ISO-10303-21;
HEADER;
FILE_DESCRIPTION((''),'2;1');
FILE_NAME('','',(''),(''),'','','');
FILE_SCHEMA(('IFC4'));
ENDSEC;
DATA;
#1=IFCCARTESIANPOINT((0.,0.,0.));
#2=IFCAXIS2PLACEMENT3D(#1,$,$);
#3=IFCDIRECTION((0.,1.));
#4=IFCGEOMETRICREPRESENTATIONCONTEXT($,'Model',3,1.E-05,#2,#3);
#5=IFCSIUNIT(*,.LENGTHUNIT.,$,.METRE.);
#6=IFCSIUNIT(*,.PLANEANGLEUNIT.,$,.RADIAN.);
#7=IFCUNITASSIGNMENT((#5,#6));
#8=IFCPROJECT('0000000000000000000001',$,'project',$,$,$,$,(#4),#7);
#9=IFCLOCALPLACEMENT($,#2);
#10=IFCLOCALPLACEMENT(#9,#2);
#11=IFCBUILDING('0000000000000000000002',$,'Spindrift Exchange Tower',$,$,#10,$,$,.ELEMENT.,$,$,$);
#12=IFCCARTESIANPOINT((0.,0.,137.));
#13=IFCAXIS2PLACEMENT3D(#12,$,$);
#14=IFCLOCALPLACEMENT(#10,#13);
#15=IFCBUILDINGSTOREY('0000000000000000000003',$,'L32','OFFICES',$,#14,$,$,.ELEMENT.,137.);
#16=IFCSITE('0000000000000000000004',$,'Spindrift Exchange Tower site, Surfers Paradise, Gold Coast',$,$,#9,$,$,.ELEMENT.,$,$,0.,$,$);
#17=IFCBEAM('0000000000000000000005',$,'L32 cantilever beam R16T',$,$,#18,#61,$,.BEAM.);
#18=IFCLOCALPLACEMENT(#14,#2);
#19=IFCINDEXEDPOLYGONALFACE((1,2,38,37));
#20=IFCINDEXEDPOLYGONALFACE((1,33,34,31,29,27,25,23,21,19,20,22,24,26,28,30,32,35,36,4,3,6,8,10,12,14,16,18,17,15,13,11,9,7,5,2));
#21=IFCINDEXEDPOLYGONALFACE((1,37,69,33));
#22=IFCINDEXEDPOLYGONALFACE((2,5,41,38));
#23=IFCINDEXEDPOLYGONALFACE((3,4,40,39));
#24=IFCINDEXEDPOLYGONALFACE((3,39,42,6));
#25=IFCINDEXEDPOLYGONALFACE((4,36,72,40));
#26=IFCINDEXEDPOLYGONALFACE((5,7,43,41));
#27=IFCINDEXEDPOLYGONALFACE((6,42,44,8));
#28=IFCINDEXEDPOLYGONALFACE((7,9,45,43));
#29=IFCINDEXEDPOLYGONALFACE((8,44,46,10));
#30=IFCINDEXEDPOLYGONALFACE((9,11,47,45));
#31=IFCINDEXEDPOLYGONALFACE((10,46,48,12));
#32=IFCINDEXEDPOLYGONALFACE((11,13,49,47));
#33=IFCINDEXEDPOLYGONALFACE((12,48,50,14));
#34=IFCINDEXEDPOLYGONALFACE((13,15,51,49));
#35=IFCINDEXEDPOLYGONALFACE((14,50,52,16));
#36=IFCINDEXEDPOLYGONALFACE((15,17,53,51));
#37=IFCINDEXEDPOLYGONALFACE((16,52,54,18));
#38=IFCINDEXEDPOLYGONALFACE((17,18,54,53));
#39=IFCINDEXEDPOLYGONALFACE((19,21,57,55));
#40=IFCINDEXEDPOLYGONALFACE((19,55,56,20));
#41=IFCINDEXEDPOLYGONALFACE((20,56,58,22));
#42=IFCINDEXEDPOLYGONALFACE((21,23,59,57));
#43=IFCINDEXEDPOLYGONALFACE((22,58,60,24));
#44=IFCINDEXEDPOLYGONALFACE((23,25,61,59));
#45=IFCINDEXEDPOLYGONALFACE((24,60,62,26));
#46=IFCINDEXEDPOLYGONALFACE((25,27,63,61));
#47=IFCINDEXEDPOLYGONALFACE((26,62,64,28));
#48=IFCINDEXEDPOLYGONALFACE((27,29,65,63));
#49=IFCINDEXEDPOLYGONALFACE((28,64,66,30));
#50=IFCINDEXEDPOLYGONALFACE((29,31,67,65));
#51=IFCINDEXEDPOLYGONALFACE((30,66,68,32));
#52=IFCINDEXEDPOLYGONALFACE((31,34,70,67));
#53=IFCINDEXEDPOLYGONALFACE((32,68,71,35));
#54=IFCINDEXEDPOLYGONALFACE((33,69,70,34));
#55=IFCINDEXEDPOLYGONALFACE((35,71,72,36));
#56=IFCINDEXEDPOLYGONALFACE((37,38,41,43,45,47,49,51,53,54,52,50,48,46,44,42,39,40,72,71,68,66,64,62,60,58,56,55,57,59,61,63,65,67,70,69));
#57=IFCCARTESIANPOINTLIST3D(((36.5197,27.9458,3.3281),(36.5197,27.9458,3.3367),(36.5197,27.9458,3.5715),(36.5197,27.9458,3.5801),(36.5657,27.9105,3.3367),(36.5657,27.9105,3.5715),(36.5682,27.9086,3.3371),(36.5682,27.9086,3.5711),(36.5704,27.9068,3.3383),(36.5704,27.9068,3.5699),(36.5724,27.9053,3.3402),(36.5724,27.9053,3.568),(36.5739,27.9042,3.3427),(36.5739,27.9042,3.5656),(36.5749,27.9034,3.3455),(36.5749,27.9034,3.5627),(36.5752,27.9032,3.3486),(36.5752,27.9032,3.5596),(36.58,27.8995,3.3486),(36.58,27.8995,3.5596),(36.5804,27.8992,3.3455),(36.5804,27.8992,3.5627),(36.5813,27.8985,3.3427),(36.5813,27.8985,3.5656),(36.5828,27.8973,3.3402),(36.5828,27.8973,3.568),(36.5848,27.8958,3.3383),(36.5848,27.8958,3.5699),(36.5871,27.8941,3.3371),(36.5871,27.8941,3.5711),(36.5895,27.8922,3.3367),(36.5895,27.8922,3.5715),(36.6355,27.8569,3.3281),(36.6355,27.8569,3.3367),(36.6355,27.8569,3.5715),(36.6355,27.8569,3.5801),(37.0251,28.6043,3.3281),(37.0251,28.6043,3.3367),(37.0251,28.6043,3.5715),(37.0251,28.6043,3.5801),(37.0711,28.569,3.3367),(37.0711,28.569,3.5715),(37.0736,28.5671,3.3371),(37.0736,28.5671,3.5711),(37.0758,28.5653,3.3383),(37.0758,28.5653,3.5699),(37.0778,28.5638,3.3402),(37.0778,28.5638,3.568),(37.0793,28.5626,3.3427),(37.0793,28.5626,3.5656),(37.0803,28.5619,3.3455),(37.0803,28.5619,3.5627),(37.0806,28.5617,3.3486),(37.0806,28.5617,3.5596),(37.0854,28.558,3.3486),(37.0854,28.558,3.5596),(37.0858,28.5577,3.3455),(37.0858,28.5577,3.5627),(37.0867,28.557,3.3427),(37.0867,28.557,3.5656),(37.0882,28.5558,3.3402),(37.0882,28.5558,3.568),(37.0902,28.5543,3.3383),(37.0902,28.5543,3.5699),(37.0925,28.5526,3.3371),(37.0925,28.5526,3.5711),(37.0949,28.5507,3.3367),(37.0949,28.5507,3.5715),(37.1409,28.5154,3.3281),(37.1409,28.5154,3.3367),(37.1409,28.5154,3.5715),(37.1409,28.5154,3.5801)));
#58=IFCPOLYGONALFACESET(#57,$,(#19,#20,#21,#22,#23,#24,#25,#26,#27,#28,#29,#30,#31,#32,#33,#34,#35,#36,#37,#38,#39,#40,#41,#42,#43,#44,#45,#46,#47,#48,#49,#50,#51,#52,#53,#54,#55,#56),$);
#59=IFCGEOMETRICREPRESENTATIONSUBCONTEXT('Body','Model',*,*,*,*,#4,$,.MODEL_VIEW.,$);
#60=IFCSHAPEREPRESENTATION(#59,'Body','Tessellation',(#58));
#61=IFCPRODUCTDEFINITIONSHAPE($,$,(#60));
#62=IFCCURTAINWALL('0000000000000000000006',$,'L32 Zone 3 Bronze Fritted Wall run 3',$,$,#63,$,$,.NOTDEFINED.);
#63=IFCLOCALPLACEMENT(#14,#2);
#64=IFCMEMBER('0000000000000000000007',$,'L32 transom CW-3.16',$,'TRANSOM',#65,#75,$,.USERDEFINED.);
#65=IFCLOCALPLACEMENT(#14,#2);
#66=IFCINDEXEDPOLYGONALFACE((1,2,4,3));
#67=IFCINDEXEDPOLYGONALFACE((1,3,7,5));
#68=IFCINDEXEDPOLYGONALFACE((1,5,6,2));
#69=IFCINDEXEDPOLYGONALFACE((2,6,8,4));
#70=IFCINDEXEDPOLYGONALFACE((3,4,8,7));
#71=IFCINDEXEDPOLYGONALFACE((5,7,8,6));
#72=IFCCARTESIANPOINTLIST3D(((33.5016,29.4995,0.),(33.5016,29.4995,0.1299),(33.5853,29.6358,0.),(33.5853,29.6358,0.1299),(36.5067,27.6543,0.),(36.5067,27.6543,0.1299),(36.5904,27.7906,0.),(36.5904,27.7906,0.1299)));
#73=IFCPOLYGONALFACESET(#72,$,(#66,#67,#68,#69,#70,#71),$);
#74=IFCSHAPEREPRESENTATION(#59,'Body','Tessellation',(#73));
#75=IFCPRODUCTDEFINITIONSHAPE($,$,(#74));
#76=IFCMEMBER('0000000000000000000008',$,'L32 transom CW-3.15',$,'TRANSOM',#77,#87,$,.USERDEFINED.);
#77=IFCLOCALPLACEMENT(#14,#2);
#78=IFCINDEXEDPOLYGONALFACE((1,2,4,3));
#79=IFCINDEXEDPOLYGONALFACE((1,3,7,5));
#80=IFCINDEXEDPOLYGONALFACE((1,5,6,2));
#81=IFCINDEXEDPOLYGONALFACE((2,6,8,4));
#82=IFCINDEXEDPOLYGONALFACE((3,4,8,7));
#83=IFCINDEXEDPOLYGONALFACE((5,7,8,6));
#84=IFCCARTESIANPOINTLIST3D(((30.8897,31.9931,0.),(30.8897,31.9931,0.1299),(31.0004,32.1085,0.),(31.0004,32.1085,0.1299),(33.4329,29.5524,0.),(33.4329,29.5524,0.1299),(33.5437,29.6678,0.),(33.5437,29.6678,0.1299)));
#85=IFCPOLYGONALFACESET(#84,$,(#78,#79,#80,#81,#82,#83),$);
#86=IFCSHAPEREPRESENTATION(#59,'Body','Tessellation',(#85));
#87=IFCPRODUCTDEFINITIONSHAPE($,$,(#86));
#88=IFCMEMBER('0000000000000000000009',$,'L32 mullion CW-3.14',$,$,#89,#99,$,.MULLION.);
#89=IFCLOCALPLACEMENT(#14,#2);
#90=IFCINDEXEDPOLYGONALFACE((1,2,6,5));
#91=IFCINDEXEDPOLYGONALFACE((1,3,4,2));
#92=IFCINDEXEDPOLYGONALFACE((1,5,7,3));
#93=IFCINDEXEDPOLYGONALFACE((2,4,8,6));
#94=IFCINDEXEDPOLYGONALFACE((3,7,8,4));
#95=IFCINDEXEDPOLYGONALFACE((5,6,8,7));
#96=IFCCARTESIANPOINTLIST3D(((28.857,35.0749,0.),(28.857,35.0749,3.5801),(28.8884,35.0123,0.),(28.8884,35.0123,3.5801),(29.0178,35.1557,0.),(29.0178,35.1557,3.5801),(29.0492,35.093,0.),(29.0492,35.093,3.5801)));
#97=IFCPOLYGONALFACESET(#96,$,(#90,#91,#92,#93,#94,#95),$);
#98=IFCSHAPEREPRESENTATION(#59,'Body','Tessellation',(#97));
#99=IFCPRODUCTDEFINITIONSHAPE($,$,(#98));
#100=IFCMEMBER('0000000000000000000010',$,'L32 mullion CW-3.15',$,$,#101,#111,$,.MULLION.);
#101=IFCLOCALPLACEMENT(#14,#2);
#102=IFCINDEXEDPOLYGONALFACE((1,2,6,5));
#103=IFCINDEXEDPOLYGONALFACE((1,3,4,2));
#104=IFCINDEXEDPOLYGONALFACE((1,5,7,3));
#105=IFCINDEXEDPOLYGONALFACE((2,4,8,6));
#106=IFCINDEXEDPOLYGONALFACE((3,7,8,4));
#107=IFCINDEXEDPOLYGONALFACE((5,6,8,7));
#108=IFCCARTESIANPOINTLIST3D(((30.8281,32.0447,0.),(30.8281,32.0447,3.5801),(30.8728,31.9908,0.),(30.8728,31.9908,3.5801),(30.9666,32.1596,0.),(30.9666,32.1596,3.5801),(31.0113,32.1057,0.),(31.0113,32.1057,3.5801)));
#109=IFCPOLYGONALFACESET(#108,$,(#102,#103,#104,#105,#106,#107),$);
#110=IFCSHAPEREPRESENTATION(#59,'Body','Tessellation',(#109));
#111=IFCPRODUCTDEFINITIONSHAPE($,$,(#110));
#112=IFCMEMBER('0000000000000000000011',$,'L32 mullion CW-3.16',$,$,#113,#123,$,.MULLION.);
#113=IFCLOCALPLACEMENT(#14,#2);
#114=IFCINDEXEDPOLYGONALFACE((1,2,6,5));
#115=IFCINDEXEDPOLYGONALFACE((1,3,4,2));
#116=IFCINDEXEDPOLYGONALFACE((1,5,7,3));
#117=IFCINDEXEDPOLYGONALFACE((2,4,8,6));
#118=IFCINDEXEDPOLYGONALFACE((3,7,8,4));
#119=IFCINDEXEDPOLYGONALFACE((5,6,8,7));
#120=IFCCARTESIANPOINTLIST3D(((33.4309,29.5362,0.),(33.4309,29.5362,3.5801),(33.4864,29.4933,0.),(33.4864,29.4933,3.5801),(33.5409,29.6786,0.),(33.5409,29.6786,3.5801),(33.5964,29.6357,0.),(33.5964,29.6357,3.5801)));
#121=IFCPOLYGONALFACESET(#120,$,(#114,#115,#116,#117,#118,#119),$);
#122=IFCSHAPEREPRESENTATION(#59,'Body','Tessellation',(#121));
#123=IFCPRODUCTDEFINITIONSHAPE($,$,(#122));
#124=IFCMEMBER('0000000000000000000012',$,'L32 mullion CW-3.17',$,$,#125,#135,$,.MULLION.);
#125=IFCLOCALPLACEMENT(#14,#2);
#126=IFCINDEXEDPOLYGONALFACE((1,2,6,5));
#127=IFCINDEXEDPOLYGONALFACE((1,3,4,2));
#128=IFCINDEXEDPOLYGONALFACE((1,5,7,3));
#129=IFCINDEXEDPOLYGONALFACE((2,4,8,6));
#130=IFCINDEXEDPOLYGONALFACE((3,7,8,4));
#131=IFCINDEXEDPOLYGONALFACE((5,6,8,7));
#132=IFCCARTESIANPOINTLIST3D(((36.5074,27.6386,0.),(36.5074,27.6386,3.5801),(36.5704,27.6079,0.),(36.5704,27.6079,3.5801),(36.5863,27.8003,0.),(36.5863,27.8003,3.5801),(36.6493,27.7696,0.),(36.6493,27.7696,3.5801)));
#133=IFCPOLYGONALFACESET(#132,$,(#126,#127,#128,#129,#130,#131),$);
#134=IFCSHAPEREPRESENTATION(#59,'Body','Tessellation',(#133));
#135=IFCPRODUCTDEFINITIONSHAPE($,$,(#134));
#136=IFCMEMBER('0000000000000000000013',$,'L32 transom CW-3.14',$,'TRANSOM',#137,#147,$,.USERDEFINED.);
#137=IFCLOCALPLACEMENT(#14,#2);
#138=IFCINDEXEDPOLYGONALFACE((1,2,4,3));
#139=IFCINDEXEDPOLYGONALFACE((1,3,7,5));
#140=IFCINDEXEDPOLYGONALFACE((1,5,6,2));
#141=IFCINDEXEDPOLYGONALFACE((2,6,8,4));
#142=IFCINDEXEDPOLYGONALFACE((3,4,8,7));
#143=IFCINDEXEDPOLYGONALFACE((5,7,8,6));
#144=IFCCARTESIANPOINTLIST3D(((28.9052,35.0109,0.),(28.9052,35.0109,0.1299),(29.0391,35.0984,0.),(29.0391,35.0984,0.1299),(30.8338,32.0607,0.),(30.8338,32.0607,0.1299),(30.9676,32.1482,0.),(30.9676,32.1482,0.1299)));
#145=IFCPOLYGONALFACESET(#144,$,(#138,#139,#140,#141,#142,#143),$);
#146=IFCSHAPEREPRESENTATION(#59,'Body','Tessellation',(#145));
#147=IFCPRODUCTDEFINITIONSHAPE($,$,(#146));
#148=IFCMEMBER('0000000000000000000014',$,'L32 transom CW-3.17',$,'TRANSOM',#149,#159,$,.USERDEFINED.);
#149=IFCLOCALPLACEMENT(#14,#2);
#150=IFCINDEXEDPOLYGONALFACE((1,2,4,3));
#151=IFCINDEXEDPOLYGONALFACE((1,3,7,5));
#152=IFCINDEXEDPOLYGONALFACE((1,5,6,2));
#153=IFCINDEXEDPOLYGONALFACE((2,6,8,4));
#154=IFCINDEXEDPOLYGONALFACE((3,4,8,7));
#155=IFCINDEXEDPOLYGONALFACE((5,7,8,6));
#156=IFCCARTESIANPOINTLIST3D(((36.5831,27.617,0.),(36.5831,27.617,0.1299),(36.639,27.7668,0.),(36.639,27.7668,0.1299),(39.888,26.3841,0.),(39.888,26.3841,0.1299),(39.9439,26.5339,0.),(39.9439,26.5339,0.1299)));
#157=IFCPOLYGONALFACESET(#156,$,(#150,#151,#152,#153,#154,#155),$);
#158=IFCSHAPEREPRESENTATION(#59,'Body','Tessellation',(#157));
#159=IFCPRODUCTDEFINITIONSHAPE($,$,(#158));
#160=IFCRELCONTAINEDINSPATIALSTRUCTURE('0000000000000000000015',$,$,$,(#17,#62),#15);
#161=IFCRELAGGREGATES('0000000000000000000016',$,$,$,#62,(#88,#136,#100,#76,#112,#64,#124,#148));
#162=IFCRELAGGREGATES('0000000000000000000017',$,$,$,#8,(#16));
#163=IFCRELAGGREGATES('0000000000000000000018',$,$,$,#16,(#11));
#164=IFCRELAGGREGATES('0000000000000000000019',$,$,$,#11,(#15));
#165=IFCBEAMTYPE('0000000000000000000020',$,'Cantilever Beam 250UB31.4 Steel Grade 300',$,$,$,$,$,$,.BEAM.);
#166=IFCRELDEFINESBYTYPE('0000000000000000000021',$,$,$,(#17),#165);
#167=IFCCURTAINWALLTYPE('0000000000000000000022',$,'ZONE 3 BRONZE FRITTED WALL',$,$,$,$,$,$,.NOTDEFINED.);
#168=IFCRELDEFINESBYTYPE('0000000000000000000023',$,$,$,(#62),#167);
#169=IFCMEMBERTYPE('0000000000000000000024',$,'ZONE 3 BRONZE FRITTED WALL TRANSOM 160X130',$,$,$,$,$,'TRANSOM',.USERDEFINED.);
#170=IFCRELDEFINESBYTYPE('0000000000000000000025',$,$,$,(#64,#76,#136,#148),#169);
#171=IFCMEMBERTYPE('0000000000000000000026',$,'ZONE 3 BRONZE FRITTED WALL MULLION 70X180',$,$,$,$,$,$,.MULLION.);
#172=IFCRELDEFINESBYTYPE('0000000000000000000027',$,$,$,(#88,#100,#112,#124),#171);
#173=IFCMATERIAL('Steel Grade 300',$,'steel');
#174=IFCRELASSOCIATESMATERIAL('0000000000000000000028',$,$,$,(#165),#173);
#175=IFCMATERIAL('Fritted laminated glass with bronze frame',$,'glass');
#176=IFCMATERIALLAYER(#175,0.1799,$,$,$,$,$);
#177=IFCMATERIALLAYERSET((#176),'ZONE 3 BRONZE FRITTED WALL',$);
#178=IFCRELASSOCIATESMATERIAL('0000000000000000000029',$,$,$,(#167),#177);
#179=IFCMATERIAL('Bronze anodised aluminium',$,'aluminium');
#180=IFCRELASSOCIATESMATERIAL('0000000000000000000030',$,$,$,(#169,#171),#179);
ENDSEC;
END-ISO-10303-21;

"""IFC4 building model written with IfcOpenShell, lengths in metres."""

from ifc_helpers import new_model, si_unit, direction, frame, origin, origin_2d, place, context, subcontext, project, spatial, rectangle, i_section, extrude, source, transform, mapped, material, layer, layer_set, material_profile, profile_set, type_object, element, aggregate, save


model = new_model("IFC4")

# Units and contexts
model_context = context("Model", 3, precision=1e-05, world=origin(), true_north=direction((0.0, 1.0)))
body_context = subcontext(model_context, "Body", "Model", "MODEL_VIEW")
ifc_project = project(units=[si_unit("LENGTHUNIT", "METRE"), si_unit("PLANEANGLEUNIT", "RADIAN")], contexts=[model_context])

# Site, building, storey
site_placement = place(None, origin())
site = spatial("IfcSite", under=ifc_project, at=site_placement, Name="Spindrift Exchange Tower site, Surfers Paradise, Gold Coast", CompositionType="ELEMENT", RefElevation=0.0)
building_placement = place(site_placement, origin())
building = spatial("IfcBuilding", under=site, at=building_placement, Name="Spindrift Exchange Tower", CompositionType="ELEMENT")
storey_placement = place(building_placement, frame((0.0, 0.0, 137.0)))
storey = spatial("IfcBuildingStorey", under=building, at=storey_placement, Name="L32", Description="OFFICES", CompositionType="ELEMENT", Elevation=137.0)

# Beam
ifc_material_1 = material(Name="Steel Grade 300", Category="steel")
ifc_material_profile_1 = material_profile(ifc_material_1, i_section(OverallWidth=0.146, OverallDepth=0.252, WebThickness=0.0061, FlangeThickness=0.0085, FilletRadius=0.012, at=origin_2d()), Name="250UB31.4")
ifc_profile_set_1 = profile_set([ifc_material_profile_1], Name="Steel Grade 300")
beam_type_1 = type_object("IfcBeamType", Name="Cantilever Beam 250UB31.4 Steel Grade 300", PredefinedType="BEAM", material=ifc_profile_set_1)
shared_shape_1 = source(origin(), body_context, "Body", "SweptSolid", [
    extrude(i_section(OverallWidth=0.146, OverallDepth=0.252, WebThickness=0.0061, FlangeThickness=0.0085, FilletRadius=0.012, at=origin_2d()), origin(), (0.0, 0.0, 1.0), 0.8301),
])
beam_1_placement = place(storey_placement, frame((37.083, 28.5598, 3.4541), z_axis=(-0.608858, -0.79328, 0.0), x_axis=(0.79328, -0.608858, 0.0)))
element("IfcBeam", 1, at=beam_1_placement, inside=storey, type_object=beam_type_1, Name="L32 cantilever beam R16T", PredefinedType="BEAM", context=body_context, shape_type="MappedRepresentation", body=[
    mapped(shared_shape_1, transform((0.0, 0.0, 0.0), scale=1.0)),
])

# Curtain wall, members
ifc_material_2 = material(Name="Fritted laminated glass with bronze frame", Category="glass")
ifc_layer_1 = layer(ifc_material_2, 0.1799)
ifc_layer_set_1 = layer_set([ifc_layer_1], Name="ZONE 3 BRONZE FRITTED WALL")
curtain_wall_type = type_object("IfcCurtainWallType", Name="ZONE 3 BRONZE FRITTED WALL", PredefinedType="NOTDEFINED", material=ifc_layer_set_1)
curtain_wall_placement = place(storey_placement, origin())
curtain_wall = element("IfcCurtainWall", 2, at=curtain_wall_placement, inside=storey, type_object=curtain_wall_type, Name="L32 Zone 3 Bronze Fritted Wall run 3", PredefinedType="NOTDEFINED")
ifc_material_3 = material(Name="Bronze anodised aluminium", Category="aluminium")
ifc_material_profile_2 = material_profile(ifc_material_3, rectangle(XDim=0.1599, YDim=0.1299, at=origin_2d()), Name="ZONE 3 BRONZE FRITTED WALL TRANSOM 160X130")
ifc_profile_set_2 = profile_set([ifc_material_profile_2], Name="Bronze anodised aluminium")
member_type_1 = type_object("IfcMemberType", Name="ZONE 3 BRONZE FRITTED WALL TRANSOM 160X130", ElementType="TRANSOM", PredefinedType="USERDEFINED", material=ifc_profile_set_2)
shared_shape_2 = source(origin(), body_context, "Body", "SweptSolid", [
    extrude(rectangle(XDim=0.1599, YDim=0.1299, at=origin_2d()), origin(), (0.0, 0.0, 1.0), 3.5264),
])
member_1_placement = place(storey_placement, frame((33.5435, 29.5676, 0.0649), z_axis=(0.852176, -0.523255, 0.0), x_axis=(0.523255, 0.852176, 0.0)))
member_1 = element("IfcMember", 3, at=member_1_placement, type_object=member_type_1, Name="L32 transom CW-3.16", ObjectType="TRANSOM", PredefinedType="USERDEFINED", context=body_context, shape_type="MappedRepresentation", body=[
    mapped(shared_shape_2, transform((0.0, 0.0, 0.0), scale=1.0)),
])
shared_shape_3 = source(origin(), body_context, "Body", "SweptSolid", [
    extrude(rectangle(XDim=0.1599, YDim=0.1299, at=origin_2d()), origin(), (0.0, 0.0, 1.0), 3.5249),
])
member_2_placement = place(storey_placement, frame((30.9451, 32.0508, 0.0649), z_axis=(0.721502, -0.692412, 0.0), x_axis=(0.692412, 0.721502, 0.0)))
member_2 = element("IfcMember", 4, at=member_2_placement, type_object=member_type_1, Name="L32 transom CW-3.15", ObjectType="TRANSOM", PredefinedType="USERDEFINED", context=body_context, shape_type="MappedRepresentation", body=[
    mapped(shared_shape_3, transform((0.0, 0.0, 0.0), scale=1.0)),
])
ifc_material_profile_3 = material_profile(ifc_material_3, rectangle(XDim=0.0701, YDim=0.1799, at=origin_2d()), Name="ZONE 3 BRONZE FRITTED WALL MULLION 70X180")
ifc_profile_set_3 = profile_set([ifc_material_profile_3], Name="Bronze anodised aluminium")
member_type_2 = type_object("IfcMemberType", Name="ZONE 3 BRONZE FRITTED WALL MULLION 70X180", PredefinedType="MULLION", material=ifc_profile_set_3)
shared_shape_4 = source(origin(), body_context, "Body", "SweptSolid", [
    extrude(rectangle(XDim=0.0701, YDim=0.1799, at=origin_2d()), origin(), (0.0, 0.0, 1.0), 3.5801),
])
member_3_placement = place(storey_placement, frame((28.9531, 35.084, 0.0), z_axis=(0.0, 0.0, 1.0), x_axis=(0.448737, -0.893664, 0.0)))
member_3 = element("IfcMember", 5, at=member_3_placement, type_object=member_type_2, Name="L32 mullion CW-3.14", PredefinedType="MULLION", context=body_context, shape_type="MappedRepresentation", body=[
    mapped(shared_shape_4, transform((0.0, 0.0, 0.0), scale=1.0)),
])
member_4_placement = place(storey_placement, frame((30.9197, 32.0752, 0.0), z_axis=(0.0, 0.0, 1.0), x_axis=(0.638415, -0.769692, 0.0)))
member_4 = element("IfcMember", 6, at=member_4_placement, type_object=member_type_2, Name="L32 mullion CW-3.15", PredefinedType="MULLION", context=body_context, shape_type="MappedRepresentation", body=[
    mapped(shared_shape_4, transform((0.0, 0.0, 0.0), scale=1.0)),
])
member_5_placement = place(storey_placement, frame((33.5137, 29.5859, 0.0), z_axis=(0.0, 0.0, 1.0), x_axis=(0.791386, -0.611317, 0.0)))
member_5 = element("IfcMember", 7, at=member_5_placement, type_object=member_type_2, Name="L32 mullion CW-3.16", PredefinedType="MULLION", context=body_context, shape_type="MappedRepresentation", body=[
    mapped(shared_shape_4, transform((0.0, 0.0, 0.0), scale=1.0)),
])
member_6_placement = place(storey_placement, frame((36.5784, 27.7041, 0.0), z_axis=(0.0, 0.0, 1.0), x_axis=(0.898759, -0.438442, 0.0)))
member_6 = element("IfcMember", 8, at=member_6_placement, type_object=member_type_2, Name="L32 mullion CW-3.17", PredefinedType="MULLION", context=body_context, shape_type="MappedRepresentation", body=[
    mapped(shared_shape_4, transform((0.0, 0.0, 0.0), scale=1.0)),
])
shared_shape_5 = source(origin(), body_context, "Body", "SweptSolid", [
    extrude(rectangle(XDim=0.1599, YDim=0.1299, at=origin_2d()), origin(), (0.0, 0.0, 1.0), 3.5247),
])
member_7_placement = place(storey_placement, frame((28.9722, 35.0547, 0.0649), z_axis=(0.547149, -0.837036, 0.0), x_axis=(0.837036, 0.547149, 0.0)))
member_7 = element("IfcMember", 9, at=member_7_placement, type_object=member_type_1, Name="L32 transom CW-3.14", ObjectType="TRANSOM", PredefinedType="USERDEFINED", context=body_context, shape_type="MappedRepresentation", body=[
    mapped(shared_shape_5, transform((0.0, 0.0, 0.0), scale=1.0)),
])
shared_shape_6 = source(origin(), body_context, "Body", "SweptSolid", [
    extrude(rectangle(XDim=0.1599, YDim=0.1299, at=origin_2d()), origin(), (0.0, 0.0, 1.0), 3.5273),
])
member_8_placement = place(storey_placement, frame((36.6111, 27.6919, 0.0649), z_axis=(0.936928, -0.349523, 0.0), x_axis=(0.349523, 0.936928, 0.0)))
member_8 = element("IfcMember", 10, at=member_8_placement, type_object=member_type_1, Name="L32 transom CW-3.17", ObjectType="TRANSOM", PredefinedType="USERDEFINED", context=body_context, shape_type="MappedRepresentation", body=[
    mapped(shared_shape_6, transform((0.0, 0.0, 0.0), scale=1.0)),
])

aggregate(curtain_wall, [member_3, member_7, member_4, member_2, member_5, member_1, member_6, member_8])

save(model, "model.ifc")
